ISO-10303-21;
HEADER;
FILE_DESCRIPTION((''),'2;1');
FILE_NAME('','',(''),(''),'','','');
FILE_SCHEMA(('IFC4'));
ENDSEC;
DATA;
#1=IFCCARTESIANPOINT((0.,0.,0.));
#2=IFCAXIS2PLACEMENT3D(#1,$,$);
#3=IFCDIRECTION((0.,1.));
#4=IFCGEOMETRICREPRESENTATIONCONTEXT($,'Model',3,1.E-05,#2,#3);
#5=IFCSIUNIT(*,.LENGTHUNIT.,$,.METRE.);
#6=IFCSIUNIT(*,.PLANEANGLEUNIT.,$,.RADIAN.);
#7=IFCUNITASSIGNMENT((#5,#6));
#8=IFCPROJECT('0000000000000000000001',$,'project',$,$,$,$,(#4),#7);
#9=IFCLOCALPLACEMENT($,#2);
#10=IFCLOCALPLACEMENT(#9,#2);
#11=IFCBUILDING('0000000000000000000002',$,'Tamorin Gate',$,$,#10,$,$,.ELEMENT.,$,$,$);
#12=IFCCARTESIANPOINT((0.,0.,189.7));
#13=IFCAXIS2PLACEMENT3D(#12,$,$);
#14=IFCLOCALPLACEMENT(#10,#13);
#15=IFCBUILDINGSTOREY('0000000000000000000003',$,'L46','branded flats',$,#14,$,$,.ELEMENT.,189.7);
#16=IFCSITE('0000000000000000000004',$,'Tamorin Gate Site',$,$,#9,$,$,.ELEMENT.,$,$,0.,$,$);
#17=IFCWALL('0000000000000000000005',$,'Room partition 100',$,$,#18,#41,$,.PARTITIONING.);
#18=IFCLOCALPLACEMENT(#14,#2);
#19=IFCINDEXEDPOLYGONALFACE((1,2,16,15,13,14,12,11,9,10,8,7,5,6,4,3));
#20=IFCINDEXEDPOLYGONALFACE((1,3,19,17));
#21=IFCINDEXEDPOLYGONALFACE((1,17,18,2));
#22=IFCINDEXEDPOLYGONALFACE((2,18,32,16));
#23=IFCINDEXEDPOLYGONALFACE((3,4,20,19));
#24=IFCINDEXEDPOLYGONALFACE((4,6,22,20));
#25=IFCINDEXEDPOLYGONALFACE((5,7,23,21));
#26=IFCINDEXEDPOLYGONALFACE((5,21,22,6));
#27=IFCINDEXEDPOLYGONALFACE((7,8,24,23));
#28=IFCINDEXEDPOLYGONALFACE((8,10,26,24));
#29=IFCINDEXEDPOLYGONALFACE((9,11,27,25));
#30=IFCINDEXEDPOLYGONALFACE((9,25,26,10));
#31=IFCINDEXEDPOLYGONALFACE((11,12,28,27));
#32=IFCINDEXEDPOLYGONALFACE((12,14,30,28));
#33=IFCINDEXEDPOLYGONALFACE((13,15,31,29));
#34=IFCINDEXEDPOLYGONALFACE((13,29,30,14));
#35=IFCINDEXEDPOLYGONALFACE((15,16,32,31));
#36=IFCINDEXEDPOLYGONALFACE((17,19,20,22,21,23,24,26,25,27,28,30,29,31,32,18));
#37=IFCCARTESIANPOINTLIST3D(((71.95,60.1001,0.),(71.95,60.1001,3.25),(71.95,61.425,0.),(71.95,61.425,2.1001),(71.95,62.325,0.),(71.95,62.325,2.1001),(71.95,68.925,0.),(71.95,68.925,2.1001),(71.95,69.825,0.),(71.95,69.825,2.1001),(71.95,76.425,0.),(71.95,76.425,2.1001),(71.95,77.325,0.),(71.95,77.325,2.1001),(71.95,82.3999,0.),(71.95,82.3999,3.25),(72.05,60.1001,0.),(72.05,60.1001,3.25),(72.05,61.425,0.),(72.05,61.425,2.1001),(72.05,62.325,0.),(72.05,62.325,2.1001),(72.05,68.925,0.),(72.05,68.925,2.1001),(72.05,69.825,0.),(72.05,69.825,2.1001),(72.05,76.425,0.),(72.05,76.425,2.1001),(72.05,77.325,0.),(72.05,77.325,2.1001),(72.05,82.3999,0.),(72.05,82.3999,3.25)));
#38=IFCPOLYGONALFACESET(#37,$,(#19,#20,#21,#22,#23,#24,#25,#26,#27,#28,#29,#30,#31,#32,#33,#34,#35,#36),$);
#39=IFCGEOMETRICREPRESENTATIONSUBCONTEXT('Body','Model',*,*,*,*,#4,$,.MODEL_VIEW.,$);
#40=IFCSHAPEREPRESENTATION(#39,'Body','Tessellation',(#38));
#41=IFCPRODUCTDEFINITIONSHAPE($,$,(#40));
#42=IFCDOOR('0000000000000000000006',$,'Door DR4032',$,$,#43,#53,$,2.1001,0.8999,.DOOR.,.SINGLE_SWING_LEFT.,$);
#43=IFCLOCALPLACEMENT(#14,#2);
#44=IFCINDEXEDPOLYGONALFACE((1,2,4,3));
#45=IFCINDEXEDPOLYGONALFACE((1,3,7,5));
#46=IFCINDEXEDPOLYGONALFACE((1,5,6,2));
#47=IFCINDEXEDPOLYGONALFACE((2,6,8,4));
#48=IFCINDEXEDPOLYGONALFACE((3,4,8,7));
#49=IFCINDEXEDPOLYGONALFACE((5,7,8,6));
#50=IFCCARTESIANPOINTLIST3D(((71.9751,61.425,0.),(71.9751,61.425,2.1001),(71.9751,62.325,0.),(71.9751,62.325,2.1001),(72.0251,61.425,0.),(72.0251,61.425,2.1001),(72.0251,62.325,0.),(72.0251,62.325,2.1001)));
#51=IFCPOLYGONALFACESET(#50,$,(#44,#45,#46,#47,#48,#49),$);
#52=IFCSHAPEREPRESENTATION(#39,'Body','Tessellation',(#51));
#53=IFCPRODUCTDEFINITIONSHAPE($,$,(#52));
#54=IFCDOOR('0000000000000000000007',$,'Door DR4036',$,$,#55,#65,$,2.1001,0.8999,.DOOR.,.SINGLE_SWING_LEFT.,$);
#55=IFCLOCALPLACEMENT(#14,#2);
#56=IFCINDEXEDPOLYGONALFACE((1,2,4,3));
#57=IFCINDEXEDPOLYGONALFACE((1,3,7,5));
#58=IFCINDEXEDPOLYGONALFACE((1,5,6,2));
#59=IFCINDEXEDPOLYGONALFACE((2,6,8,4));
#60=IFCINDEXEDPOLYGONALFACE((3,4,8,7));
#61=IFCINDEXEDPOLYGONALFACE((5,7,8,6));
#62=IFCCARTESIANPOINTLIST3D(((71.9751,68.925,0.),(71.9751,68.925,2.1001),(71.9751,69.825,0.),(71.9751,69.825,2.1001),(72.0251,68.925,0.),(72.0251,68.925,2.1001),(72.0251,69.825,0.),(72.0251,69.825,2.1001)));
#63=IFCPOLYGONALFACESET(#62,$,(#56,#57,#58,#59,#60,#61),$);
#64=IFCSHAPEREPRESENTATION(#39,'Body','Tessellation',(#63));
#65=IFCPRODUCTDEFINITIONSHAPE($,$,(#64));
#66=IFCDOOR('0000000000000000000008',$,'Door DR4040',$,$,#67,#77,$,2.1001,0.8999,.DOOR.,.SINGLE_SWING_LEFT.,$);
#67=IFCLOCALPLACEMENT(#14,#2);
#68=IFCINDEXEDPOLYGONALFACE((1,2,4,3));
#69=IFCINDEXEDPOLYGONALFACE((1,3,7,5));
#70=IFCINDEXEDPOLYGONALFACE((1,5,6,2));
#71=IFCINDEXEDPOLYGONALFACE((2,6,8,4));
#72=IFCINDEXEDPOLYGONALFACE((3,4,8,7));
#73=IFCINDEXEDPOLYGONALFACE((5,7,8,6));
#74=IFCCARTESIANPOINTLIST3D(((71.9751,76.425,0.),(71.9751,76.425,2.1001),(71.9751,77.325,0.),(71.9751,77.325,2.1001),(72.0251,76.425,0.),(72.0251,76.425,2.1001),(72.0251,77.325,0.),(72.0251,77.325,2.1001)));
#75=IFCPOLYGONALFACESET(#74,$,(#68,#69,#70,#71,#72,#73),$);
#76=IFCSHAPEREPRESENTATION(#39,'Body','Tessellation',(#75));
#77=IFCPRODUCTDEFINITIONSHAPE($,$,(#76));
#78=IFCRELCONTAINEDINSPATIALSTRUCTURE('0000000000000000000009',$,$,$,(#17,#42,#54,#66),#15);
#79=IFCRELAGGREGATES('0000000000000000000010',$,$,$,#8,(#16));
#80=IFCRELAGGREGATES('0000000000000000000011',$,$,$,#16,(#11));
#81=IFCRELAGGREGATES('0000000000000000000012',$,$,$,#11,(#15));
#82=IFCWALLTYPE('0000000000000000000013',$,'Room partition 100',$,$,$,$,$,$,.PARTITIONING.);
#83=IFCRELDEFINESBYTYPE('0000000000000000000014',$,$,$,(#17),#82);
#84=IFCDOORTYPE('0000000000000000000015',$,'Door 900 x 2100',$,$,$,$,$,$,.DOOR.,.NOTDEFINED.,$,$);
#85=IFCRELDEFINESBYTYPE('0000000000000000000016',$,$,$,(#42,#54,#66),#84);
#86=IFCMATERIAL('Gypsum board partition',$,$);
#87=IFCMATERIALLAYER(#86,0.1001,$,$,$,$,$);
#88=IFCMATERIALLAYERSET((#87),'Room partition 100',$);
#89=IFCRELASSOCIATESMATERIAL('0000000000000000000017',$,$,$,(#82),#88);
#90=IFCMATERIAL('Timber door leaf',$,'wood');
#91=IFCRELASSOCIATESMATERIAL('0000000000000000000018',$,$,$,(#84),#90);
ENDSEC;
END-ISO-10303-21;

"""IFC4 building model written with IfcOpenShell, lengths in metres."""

from ifc_helpers import new_model, si_unit, direction, frame, frame_2d, origin, place, context, subcontext, project, spatial, rectangle, extrude, material, layer, layer_set, type_object, element, fill, save


model = new_model("IFC4")

# Units and contexts
model_context = context("Model", 3, precision=1e-05, world=origin(), true_north=direction((0.0, 1.0)))
body_context = subcontext(model_context, "Body", "Model", "MODEL_VIEW")
ifc_project = project(units=[si_unit("LENGTHUNIT", "METRE"), si_unit("PLANEANGLEUNIT", "RADIAN")], contexts=[model_context])

# Site, building, storey
site_placement = place(None, origin())
site = spatial("IfcSite", under=ifc_project, at=site_placement, Name="Tamorin Gate Site", CompositionType="ELEMENT", RefElevation=0.0)
building_placement = place(site_placement, origin())
building = spatial("IfcBuilding", under=site, at=building_placement, Name="Tamorin Gate", CompositionType="ELEMENT")
storey_placement = place(building_placement, frame((0.0, 0.0, 189.7)))
storey = spatial("IfcBuildingStorey", under=building, at=storey_placement, Name="L46", Description="branded flats", CompositionType="ELEMENT", Elevation=189.7)

# Wall, openings, doors
ifc_material_1 = material(Name="Gypsum board partition")
ifc_layer_1 = layer(ifc_material_1, 0.1001)
ifc_layer_set_1 = layer_set([ifc_layer_1], Name="Room partition 100")
wall_type_1 = type_object("IfcWallType", Name="Room partition 100", PredefinedType="PARTITIONING", material=ifc_layer_set_1)
wall_1_placement = place(storey_placement, frame((72.0, 60.1001, 0.0), z_axis=(0.0, 0.0, 1.0), x_axis=(0.0, 1.0, 0.0)))
wall_1 = element("IfcWall", 1, at=wall_1_placement, inside=storey, type_object=wall_type_1, Name="Room partition 100", PredefinedType="PARTITIONING", context=body_context, shape_type="SweptSolid", body=[
    extrude(rectangle(XDim=22.2998, YDim=0.1001, at=frame_2d((11.1499, 0.0))), origin(), (0.0, 0.0, 1.0), 3.25),
])
opening_1_placement = place(wall_1_placement, frame((1.325, 0.0, 0.0)))
opening_1 = element("IfcOpeningElement", 2, at=opening_1_placement, cuts=wall_1, PredefinedType="OPENING", context=body_context, shape_type="SweptSolid", body=[
    extrude(rectangle(XDim=0.8999, YDim=2.1001, at=frame_2d((0.45, 1.05))), frame((0.0, 0.0601, 0.0), z_axis=(0.0, -1.0, 0.0), x_axis=(1.0, 0.0, 0.0)), (0.0, 0.0, 1.0), 0.1201),
])
opening_2_placement = place(wall_1_placement, frame((8.825, 0.0, 0.0)))
opening_2 = element("IfcOpeningElement", 3, at=opening_2_placement, cuts=wall_1, PredefinedType="OPENING", context=body_context, shape_type="SweptSolid", body=[
    extrude(rectangle(XDim=0.8999, YDim=2.1001, at=frame_2d((0.45, 1.05))), frame((0.0, 0.0601, 0.0), z_axis=(0.0, -1.0, 0.0), x_axis=(1.0, 0.0, 0.0)), (0.0, 0.0, 1.0), 0.1201),
])
opening_3_placement = place(wall_1_placement, frame((16.325, 0.0, 0.0)))
opening_3 = element("IfcOpeningElement", 4, at=opening_3_placement, cuts=wall_1, PredefinedType="OPENING", context=body_context, shape_type="SweptSolid", body=[
    extrude(rectangle(XDim=0.8999, YDim=2.1001, at=frame_2d((0.45, 1.05))), frame((0.0, 0.0601, 0.0), z_axis=(0.0, -1.0, 0.0), x_axis=(1.0, 0.0, 0.0)), (0.0, 0.0, 1.0), 0.1201),
])
ifc_material_2 = material(Name="Timber door leaf", Category="wood")
door_type = type_object("IfcDoorType", Name="Door 900 x 2100", OperationType="NOTDEFINED", PredefinedType="DOOR", material=ifc_material_2)
door_1_placement = place(opening_1_placement, origin())
door_1 = element("IfcDoor", 5, at=door_1_placement, inside=storey, type_object=door_type, Name="Door DR4032", OperationType="SINGLE_SWING_LEFT", OverallHeight=2.1001, OverallWidth=0.8999, PredefinedType="DOOR", context=body_context, shape_type="SweptSolid", body=[
    extrude(rectangle(XDim=0.8999, YDim=2.1001, at=frame_2d((0.45, 1.05))), frame((0.0, 0.0249, 0.0), z_axis=(0.0, -1.0, 0.0), x_axis=(1.0, 0.0, 0.0)), (0.0, 0.0, 1.0), 0.05),
])
fill(opening_1, door_1)
door_2_placement = place(opening_2_placement, origin())
door_2 = element("IfcDoor", 6, at=door_2_placement, inside=storey, type_object=door_type, Name="Door DR4036", OperationType="SINGLE_SWING_LEFT", OverallHeight=2.1001, OverallWidth=0.8999, PredefinedType="DOOR", context=body_context, shape_type="SweptSolid", body=[
    extrude(rectangle(XDim=0.8999, YDim=2.1001, at=frame_2d((0.45, 1.05))), frame((0.0, 0.0249, 0.0), z_axis=(0.0, -1.0, 0.0), x_axis=(1.0, 0.0, 0.0)), (0.0, 0.0, 1.0), 0.05),
])
fill(opening_2, door_2)
door_3_placement = place(opening_3_placement, origin())
door_3 = element("IfcDoor", 7, at=door_3_placement, inside=storey, type_object=door_type, Name="Door DR4040", OperationType="SINGLE_SWING_LEFT", OverallHeight=2.1001, OverallWidth=0.8999, PredefinedType="DOOR", context=body_context, shape_type="SweptSolid", body=[
    extrude(rectangle(XDim=0.8999, YDim=2.1001, at=frame_2d((0.45, 1.05))), frame((0.0, 0.0249, 0.0), z_axis=(0.0, -1.0, 0.0), x_axis=(1.0, 0.0, 0.0)), (0.0, 0.0, 1.0), 0.05),
])
fill(opening_3, door_3)

save(model, "model.ifc")
